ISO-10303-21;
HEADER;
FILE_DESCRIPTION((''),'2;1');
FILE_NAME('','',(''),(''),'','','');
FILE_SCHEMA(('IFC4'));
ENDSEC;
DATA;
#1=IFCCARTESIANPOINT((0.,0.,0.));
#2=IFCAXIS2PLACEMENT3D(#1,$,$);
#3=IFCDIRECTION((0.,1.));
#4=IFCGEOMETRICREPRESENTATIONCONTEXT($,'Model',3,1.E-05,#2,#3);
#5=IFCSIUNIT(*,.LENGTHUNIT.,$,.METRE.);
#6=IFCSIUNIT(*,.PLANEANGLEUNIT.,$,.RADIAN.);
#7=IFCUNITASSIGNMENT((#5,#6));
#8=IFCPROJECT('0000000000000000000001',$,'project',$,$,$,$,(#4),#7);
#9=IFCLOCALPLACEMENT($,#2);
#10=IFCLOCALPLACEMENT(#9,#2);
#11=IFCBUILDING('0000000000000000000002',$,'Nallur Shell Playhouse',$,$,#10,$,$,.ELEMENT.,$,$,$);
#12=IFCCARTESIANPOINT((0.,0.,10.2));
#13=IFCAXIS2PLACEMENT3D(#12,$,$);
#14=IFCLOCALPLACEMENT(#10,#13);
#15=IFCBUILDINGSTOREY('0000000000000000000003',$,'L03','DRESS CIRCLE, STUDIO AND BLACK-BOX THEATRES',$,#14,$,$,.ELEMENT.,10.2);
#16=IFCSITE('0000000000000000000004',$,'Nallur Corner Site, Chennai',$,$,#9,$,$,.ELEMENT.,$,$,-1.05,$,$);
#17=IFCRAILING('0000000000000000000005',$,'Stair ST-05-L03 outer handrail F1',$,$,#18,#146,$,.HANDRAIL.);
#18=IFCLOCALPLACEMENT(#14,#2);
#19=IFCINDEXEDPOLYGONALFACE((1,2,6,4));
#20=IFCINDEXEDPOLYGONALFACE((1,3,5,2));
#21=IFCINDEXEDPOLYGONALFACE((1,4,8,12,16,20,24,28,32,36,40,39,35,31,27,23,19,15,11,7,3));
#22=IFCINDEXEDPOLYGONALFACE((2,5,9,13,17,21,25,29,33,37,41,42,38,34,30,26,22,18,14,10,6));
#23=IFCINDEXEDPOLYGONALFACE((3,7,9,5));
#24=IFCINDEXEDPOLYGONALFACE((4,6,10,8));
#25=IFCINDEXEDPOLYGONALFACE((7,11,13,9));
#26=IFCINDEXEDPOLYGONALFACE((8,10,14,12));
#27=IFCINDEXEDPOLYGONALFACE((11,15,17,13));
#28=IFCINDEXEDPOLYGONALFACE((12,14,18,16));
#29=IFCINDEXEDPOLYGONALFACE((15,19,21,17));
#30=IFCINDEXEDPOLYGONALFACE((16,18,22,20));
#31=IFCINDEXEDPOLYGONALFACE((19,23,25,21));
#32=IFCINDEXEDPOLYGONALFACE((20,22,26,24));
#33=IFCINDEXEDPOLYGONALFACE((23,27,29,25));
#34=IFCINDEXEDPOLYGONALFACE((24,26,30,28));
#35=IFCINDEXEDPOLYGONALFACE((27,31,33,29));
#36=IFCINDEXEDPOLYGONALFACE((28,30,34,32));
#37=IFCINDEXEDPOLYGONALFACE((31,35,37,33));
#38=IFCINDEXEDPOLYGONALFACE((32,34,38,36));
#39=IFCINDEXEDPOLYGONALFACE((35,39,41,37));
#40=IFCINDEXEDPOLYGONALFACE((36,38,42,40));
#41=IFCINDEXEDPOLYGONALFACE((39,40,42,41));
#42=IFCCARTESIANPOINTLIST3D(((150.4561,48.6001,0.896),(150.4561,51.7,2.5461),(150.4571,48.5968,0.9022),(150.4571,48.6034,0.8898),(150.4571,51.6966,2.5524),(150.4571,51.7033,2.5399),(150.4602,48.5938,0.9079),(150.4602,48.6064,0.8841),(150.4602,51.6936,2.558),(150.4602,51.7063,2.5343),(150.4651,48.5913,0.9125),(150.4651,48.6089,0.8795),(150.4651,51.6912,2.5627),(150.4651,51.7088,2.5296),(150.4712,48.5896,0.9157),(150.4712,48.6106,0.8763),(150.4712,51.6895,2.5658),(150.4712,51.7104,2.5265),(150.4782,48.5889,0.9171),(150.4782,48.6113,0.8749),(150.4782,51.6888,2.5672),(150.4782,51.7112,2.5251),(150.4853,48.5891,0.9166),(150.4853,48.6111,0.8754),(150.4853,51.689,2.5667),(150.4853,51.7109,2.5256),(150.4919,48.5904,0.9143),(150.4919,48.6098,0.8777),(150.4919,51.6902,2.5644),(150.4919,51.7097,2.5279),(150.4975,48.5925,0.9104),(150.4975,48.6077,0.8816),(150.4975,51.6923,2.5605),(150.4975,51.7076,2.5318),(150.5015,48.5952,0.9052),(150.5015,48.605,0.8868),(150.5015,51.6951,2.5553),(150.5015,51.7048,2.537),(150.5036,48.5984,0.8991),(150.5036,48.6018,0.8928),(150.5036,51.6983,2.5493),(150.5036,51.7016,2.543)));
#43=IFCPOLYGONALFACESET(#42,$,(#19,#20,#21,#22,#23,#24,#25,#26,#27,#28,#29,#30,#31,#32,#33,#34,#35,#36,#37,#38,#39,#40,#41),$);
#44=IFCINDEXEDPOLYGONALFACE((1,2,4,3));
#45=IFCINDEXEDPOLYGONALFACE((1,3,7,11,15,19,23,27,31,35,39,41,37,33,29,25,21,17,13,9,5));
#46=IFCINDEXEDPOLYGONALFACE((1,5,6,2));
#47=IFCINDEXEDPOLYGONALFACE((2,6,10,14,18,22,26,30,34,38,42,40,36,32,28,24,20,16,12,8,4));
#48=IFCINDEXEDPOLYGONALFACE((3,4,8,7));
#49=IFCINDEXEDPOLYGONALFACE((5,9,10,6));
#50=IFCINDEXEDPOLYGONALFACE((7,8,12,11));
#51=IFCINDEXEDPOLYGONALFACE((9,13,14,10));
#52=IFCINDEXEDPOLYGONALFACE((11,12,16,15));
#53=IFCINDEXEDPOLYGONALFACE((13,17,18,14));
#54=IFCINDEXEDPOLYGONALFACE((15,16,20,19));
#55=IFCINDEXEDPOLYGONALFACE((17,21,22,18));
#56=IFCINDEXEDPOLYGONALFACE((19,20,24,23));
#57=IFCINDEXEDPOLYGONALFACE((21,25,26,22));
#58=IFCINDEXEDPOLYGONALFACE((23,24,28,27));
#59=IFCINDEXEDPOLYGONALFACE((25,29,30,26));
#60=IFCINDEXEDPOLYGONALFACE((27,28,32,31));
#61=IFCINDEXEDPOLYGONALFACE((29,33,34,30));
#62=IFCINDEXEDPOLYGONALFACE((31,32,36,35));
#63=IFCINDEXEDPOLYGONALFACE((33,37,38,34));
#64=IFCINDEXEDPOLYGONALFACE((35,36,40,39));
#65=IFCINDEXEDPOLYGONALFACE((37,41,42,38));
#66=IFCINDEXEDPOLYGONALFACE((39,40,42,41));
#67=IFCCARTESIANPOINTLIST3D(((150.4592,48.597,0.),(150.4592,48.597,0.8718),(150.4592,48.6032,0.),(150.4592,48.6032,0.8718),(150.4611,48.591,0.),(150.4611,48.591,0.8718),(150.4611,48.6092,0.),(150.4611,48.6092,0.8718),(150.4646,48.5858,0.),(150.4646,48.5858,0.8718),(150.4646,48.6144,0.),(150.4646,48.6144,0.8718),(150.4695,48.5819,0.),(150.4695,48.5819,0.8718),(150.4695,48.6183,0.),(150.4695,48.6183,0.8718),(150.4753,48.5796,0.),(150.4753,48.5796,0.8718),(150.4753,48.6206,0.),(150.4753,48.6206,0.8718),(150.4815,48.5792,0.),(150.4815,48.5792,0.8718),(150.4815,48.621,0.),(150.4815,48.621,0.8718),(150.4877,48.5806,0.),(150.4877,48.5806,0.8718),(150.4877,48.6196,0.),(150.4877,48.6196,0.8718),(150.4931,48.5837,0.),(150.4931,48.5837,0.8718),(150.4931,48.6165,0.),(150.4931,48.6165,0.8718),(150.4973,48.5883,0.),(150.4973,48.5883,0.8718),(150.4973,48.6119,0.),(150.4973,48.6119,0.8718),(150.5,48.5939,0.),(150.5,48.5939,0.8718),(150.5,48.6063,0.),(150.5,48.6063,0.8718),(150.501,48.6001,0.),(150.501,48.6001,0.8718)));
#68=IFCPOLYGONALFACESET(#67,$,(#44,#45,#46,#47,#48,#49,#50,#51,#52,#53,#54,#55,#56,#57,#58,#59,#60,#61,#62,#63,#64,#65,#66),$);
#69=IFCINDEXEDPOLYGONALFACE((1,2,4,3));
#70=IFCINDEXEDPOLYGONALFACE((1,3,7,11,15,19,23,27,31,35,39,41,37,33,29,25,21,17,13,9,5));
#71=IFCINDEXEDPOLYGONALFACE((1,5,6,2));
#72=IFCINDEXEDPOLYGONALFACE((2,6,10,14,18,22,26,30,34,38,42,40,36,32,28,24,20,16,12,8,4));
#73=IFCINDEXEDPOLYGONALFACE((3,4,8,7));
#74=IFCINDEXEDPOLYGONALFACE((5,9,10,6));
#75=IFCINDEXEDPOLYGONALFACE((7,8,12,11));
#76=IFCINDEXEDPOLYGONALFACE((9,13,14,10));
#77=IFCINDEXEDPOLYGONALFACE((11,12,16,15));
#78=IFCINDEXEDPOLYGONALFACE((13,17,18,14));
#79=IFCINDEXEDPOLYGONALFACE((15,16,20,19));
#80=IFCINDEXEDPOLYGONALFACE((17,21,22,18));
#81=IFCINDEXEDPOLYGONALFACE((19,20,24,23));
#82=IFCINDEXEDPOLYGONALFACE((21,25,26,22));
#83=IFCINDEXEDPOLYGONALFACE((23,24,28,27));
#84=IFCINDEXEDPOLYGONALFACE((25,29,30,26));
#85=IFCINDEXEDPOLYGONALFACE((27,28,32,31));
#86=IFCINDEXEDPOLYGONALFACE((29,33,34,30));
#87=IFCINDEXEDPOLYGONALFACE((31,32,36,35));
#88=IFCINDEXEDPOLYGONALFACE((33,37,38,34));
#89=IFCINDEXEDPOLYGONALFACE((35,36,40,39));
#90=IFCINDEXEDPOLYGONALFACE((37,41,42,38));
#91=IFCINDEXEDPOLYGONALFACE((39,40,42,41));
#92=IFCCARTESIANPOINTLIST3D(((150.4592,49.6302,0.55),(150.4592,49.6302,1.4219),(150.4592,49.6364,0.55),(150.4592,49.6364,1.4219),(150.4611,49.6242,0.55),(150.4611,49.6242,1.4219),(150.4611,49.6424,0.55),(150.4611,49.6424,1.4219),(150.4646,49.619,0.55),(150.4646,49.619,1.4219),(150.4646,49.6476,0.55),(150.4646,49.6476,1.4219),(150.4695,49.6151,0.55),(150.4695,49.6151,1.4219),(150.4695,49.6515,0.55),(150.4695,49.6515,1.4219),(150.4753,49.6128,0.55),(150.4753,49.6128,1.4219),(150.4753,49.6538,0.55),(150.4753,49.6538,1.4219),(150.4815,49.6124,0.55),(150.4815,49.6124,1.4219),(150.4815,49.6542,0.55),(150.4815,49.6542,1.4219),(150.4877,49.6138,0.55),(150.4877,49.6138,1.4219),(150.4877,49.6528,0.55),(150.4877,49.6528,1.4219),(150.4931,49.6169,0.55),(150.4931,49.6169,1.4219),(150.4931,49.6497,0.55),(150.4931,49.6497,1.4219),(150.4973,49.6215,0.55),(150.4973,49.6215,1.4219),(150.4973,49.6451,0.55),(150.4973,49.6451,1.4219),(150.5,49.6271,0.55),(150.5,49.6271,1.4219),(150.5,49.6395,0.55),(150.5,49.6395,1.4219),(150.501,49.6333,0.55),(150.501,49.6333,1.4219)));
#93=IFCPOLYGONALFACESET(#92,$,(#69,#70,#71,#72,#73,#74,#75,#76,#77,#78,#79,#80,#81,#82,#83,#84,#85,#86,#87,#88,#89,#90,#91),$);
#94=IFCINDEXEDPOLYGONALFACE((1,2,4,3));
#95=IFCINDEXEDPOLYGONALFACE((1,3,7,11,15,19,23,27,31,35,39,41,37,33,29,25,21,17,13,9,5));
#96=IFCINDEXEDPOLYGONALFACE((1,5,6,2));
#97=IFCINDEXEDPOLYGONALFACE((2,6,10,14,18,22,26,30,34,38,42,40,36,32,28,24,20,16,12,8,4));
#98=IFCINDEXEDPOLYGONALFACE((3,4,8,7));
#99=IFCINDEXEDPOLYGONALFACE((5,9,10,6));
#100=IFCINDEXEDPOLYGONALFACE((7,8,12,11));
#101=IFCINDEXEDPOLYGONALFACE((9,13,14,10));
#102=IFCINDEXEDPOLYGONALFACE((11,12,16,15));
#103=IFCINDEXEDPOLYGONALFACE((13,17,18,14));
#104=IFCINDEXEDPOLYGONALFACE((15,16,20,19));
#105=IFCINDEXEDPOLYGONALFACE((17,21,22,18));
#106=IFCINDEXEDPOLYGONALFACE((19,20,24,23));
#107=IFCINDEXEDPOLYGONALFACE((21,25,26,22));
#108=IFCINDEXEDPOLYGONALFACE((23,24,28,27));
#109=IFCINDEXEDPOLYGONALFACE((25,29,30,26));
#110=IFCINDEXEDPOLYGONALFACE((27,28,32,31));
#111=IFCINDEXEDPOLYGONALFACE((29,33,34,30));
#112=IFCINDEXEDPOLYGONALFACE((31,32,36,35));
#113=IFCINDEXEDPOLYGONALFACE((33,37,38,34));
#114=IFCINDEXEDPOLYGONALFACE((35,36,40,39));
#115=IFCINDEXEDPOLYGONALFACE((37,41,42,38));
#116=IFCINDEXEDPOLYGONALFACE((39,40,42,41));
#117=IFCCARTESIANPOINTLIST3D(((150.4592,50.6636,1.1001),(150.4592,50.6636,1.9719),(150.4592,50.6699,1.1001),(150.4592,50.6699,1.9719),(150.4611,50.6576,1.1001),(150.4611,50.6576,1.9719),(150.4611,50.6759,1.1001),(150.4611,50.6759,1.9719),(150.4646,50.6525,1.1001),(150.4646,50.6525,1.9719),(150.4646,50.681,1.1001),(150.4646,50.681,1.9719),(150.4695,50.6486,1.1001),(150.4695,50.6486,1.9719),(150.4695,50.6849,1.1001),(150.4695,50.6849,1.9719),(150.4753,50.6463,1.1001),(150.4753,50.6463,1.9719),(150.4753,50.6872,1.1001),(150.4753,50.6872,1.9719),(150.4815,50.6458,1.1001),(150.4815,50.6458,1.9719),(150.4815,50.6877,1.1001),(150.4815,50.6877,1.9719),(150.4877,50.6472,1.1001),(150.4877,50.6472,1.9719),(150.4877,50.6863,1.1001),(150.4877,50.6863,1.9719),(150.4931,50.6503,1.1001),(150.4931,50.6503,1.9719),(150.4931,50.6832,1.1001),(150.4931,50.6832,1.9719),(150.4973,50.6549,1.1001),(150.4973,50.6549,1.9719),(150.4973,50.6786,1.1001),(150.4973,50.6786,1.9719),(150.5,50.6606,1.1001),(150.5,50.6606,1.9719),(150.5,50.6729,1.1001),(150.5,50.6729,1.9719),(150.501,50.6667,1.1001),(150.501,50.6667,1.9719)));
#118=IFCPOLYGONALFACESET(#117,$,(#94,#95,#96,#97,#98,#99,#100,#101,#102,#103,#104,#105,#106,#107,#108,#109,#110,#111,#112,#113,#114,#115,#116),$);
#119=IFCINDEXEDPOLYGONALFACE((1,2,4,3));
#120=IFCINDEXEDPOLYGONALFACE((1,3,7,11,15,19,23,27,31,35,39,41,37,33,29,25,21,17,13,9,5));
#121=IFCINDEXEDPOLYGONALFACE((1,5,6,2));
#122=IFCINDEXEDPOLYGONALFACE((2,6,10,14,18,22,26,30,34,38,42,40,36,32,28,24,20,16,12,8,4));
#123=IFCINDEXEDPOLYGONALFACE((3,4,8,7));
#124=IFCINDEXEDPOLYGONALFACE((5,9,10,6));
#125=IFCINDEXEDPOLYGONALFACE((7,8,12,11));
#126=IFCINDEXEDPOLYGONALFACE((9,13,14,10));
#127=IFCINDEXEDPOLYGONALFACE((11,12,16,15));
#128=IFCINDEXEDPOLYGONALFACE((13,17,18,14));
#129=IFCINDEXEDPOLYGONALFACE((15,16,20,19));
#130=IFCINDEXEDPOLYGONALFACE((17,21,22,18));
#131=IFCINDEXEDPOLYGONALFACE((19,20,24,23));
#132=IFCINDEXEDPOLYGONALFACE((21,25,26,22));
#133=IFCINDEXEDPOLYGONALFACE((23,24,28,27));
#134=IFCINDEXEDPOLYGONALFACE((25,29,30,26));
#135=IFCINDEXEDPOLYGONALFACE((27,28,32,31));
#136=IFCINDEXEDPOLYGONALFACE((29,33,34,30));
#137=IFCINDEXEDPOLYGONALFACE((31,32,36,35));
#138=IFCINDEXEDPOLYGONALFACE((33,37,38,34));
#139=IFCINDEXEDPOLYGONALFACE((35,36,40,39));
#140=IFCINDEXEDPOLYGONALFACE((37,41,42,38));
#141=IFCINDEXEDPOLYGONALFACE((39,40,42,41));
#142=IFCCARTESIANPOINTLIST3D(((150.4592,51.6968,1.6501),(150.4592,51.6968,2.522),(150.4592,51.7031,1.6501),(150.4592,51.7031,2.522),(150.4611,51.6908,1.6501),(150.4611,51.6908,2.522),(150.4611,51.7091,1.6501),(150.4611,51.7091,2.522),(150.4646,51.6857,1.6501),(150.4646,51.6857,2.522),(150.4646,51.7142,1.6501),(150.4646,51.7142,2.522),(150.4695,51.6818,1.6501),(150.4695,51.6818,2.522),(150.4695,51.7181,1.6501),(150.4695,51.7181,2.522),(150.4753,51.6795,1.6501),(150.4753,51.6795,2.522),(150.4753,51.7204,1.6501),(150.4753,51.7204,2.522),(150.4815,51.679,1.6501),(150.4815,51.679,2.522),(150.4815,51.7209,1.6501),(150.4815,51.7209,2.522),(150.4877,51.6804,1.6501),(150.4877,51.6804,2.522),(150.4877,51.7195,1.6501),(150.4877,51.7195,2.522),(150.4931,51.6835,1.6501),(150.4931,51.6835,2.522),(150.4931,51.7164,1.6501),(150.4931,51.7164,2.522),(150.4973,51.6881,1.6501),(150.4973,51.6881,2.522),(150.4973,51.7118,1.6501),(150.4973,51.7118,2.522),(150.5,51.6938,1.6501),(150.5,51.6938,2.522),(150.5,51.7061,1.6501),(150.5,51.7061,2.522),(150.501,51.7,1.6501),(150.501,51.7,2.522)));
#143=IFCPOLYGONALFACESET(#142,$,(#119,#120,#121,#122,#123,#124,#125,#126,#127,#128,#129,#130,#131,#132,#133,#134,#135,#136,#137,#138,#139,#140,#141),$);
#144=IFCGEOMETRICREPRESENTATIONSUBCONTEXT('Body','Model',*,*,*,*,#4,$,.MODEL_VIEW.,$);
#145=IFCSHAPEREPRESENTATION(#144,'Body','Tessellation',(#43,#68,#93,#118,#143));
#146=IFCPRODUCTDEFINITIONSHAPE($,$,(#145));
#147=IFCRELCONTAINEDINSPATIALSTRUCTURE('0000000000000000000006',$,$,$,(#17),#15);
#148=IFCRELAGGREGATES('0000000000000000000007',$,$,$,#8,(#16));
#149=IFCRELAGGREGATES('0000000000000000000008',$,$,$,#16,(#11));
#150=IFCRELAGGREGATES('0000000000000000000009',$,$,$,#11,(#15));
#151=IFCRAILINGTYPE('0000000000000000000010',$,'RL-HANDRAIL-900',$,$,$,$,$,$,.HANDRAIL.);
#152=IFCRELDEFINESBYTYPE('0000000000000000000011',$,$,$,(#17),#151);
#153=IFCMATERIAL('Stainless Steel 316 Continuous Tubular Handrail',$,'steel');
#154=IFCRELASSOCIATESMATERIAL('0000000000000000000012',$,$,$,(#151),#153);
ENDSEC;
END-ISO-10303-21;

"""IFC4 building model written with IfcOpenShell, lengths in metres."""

from ifc_helpers import new_model, si_unit, direction, frame, origin, origin_2d, place, context, subcontext, project, spatial, circle, extrude, material, type_object, element, save


model = new_model("IFC4")

# Units and contexts
model_context = context("Model", 3, precision=1e-05, world=origin(), true_north=direction((0.0, 1.0)))
body_context = subcontext(model_context, "Body", "Model", "MODEL_VIEW")
ifc_project = project(units=[si_unit("LENGTHUNIT", "METRE"), si_unit("PLANEANGLEUNIT", "RADIAN")], contexts=[model_context])

# Site, building, storey
site_placement = place(None, origin())
site = spatial("IfcSite", under=ifc_project, at=site_placement, Name="Nallur Corner Site, Chennai", CompositionType="ELEMENT", RefElevation=-1.05)
building_placement = place(site_placement, origin())
building = spatial("IfcBuilding", under=site, at=building_placement, Name="Nallur Shell Playhouse", CompositionType="ELEMENT")
storey_placement = place(building_placement, frame((0.0, 0.0, 10.2)))
storey = spatial("IfcBuildingStorey", under=building, at=storey_placement, Name="L03", Description="DRESS CIRCLE, STUDIO AND BLACK-BOX THEATRES", CompositionType="ELEMENT", Elevation=10.2)

# Railing
ifc_material_1 = material(Name="Stainless Steel 316 Continuous Tubular Handrail", Category="steel")
railing_type_1 = type_object("IfcRailingType", Name="RL-HANDRAIL-900", PredefinedType="HANDRAIL", material=ifc_material_1)
railing_1_placement = place(storey_placement, frame((150.48, 48.6001, 0.0)))
element("IfcRailing", 1, at=railing_1_placement, inside=storey, type_object=railing_type_1, Name="Stair ST-05-L03 outer handrail F1", PredefinedType="HANDRAIL", context=body_context, shape_type="SweptSolid", body=[
    extrude(circle(Radius=0.0239, at=origin_2d()), frame((0.0, 0.0, 0.896), z_axis=(0.0, 0.88272, 0.469899), x_axis=(-1.0, 0.0, 0.0)), (0.0, 0.0, 1.0), 3.5117),
    extrude(circle(Radius=0.021, at=origin_2d()), origin(), (0.0, 0.0, 1.0), 0.8718),
    extrude(circle(Radius=0.021, at=origin_2d()), frame((0.0, 1.0332, 0.55)), (0.0, 0.0, 1.0), 0.8718),
    extrude(circle(Radius=0.021, at=origin_2d()), frame((0.0, 2.0667, 1.1001)), (0.0, 0.0, 1.0), 0.8718),
    extrude(circle(Radius=0.021, at=origin_2d()), frame((0.0, 3.0999, 1.6501)), (0.0, 0.0, 1.0), 0.8718),
])

save(model, "model.ifc")
